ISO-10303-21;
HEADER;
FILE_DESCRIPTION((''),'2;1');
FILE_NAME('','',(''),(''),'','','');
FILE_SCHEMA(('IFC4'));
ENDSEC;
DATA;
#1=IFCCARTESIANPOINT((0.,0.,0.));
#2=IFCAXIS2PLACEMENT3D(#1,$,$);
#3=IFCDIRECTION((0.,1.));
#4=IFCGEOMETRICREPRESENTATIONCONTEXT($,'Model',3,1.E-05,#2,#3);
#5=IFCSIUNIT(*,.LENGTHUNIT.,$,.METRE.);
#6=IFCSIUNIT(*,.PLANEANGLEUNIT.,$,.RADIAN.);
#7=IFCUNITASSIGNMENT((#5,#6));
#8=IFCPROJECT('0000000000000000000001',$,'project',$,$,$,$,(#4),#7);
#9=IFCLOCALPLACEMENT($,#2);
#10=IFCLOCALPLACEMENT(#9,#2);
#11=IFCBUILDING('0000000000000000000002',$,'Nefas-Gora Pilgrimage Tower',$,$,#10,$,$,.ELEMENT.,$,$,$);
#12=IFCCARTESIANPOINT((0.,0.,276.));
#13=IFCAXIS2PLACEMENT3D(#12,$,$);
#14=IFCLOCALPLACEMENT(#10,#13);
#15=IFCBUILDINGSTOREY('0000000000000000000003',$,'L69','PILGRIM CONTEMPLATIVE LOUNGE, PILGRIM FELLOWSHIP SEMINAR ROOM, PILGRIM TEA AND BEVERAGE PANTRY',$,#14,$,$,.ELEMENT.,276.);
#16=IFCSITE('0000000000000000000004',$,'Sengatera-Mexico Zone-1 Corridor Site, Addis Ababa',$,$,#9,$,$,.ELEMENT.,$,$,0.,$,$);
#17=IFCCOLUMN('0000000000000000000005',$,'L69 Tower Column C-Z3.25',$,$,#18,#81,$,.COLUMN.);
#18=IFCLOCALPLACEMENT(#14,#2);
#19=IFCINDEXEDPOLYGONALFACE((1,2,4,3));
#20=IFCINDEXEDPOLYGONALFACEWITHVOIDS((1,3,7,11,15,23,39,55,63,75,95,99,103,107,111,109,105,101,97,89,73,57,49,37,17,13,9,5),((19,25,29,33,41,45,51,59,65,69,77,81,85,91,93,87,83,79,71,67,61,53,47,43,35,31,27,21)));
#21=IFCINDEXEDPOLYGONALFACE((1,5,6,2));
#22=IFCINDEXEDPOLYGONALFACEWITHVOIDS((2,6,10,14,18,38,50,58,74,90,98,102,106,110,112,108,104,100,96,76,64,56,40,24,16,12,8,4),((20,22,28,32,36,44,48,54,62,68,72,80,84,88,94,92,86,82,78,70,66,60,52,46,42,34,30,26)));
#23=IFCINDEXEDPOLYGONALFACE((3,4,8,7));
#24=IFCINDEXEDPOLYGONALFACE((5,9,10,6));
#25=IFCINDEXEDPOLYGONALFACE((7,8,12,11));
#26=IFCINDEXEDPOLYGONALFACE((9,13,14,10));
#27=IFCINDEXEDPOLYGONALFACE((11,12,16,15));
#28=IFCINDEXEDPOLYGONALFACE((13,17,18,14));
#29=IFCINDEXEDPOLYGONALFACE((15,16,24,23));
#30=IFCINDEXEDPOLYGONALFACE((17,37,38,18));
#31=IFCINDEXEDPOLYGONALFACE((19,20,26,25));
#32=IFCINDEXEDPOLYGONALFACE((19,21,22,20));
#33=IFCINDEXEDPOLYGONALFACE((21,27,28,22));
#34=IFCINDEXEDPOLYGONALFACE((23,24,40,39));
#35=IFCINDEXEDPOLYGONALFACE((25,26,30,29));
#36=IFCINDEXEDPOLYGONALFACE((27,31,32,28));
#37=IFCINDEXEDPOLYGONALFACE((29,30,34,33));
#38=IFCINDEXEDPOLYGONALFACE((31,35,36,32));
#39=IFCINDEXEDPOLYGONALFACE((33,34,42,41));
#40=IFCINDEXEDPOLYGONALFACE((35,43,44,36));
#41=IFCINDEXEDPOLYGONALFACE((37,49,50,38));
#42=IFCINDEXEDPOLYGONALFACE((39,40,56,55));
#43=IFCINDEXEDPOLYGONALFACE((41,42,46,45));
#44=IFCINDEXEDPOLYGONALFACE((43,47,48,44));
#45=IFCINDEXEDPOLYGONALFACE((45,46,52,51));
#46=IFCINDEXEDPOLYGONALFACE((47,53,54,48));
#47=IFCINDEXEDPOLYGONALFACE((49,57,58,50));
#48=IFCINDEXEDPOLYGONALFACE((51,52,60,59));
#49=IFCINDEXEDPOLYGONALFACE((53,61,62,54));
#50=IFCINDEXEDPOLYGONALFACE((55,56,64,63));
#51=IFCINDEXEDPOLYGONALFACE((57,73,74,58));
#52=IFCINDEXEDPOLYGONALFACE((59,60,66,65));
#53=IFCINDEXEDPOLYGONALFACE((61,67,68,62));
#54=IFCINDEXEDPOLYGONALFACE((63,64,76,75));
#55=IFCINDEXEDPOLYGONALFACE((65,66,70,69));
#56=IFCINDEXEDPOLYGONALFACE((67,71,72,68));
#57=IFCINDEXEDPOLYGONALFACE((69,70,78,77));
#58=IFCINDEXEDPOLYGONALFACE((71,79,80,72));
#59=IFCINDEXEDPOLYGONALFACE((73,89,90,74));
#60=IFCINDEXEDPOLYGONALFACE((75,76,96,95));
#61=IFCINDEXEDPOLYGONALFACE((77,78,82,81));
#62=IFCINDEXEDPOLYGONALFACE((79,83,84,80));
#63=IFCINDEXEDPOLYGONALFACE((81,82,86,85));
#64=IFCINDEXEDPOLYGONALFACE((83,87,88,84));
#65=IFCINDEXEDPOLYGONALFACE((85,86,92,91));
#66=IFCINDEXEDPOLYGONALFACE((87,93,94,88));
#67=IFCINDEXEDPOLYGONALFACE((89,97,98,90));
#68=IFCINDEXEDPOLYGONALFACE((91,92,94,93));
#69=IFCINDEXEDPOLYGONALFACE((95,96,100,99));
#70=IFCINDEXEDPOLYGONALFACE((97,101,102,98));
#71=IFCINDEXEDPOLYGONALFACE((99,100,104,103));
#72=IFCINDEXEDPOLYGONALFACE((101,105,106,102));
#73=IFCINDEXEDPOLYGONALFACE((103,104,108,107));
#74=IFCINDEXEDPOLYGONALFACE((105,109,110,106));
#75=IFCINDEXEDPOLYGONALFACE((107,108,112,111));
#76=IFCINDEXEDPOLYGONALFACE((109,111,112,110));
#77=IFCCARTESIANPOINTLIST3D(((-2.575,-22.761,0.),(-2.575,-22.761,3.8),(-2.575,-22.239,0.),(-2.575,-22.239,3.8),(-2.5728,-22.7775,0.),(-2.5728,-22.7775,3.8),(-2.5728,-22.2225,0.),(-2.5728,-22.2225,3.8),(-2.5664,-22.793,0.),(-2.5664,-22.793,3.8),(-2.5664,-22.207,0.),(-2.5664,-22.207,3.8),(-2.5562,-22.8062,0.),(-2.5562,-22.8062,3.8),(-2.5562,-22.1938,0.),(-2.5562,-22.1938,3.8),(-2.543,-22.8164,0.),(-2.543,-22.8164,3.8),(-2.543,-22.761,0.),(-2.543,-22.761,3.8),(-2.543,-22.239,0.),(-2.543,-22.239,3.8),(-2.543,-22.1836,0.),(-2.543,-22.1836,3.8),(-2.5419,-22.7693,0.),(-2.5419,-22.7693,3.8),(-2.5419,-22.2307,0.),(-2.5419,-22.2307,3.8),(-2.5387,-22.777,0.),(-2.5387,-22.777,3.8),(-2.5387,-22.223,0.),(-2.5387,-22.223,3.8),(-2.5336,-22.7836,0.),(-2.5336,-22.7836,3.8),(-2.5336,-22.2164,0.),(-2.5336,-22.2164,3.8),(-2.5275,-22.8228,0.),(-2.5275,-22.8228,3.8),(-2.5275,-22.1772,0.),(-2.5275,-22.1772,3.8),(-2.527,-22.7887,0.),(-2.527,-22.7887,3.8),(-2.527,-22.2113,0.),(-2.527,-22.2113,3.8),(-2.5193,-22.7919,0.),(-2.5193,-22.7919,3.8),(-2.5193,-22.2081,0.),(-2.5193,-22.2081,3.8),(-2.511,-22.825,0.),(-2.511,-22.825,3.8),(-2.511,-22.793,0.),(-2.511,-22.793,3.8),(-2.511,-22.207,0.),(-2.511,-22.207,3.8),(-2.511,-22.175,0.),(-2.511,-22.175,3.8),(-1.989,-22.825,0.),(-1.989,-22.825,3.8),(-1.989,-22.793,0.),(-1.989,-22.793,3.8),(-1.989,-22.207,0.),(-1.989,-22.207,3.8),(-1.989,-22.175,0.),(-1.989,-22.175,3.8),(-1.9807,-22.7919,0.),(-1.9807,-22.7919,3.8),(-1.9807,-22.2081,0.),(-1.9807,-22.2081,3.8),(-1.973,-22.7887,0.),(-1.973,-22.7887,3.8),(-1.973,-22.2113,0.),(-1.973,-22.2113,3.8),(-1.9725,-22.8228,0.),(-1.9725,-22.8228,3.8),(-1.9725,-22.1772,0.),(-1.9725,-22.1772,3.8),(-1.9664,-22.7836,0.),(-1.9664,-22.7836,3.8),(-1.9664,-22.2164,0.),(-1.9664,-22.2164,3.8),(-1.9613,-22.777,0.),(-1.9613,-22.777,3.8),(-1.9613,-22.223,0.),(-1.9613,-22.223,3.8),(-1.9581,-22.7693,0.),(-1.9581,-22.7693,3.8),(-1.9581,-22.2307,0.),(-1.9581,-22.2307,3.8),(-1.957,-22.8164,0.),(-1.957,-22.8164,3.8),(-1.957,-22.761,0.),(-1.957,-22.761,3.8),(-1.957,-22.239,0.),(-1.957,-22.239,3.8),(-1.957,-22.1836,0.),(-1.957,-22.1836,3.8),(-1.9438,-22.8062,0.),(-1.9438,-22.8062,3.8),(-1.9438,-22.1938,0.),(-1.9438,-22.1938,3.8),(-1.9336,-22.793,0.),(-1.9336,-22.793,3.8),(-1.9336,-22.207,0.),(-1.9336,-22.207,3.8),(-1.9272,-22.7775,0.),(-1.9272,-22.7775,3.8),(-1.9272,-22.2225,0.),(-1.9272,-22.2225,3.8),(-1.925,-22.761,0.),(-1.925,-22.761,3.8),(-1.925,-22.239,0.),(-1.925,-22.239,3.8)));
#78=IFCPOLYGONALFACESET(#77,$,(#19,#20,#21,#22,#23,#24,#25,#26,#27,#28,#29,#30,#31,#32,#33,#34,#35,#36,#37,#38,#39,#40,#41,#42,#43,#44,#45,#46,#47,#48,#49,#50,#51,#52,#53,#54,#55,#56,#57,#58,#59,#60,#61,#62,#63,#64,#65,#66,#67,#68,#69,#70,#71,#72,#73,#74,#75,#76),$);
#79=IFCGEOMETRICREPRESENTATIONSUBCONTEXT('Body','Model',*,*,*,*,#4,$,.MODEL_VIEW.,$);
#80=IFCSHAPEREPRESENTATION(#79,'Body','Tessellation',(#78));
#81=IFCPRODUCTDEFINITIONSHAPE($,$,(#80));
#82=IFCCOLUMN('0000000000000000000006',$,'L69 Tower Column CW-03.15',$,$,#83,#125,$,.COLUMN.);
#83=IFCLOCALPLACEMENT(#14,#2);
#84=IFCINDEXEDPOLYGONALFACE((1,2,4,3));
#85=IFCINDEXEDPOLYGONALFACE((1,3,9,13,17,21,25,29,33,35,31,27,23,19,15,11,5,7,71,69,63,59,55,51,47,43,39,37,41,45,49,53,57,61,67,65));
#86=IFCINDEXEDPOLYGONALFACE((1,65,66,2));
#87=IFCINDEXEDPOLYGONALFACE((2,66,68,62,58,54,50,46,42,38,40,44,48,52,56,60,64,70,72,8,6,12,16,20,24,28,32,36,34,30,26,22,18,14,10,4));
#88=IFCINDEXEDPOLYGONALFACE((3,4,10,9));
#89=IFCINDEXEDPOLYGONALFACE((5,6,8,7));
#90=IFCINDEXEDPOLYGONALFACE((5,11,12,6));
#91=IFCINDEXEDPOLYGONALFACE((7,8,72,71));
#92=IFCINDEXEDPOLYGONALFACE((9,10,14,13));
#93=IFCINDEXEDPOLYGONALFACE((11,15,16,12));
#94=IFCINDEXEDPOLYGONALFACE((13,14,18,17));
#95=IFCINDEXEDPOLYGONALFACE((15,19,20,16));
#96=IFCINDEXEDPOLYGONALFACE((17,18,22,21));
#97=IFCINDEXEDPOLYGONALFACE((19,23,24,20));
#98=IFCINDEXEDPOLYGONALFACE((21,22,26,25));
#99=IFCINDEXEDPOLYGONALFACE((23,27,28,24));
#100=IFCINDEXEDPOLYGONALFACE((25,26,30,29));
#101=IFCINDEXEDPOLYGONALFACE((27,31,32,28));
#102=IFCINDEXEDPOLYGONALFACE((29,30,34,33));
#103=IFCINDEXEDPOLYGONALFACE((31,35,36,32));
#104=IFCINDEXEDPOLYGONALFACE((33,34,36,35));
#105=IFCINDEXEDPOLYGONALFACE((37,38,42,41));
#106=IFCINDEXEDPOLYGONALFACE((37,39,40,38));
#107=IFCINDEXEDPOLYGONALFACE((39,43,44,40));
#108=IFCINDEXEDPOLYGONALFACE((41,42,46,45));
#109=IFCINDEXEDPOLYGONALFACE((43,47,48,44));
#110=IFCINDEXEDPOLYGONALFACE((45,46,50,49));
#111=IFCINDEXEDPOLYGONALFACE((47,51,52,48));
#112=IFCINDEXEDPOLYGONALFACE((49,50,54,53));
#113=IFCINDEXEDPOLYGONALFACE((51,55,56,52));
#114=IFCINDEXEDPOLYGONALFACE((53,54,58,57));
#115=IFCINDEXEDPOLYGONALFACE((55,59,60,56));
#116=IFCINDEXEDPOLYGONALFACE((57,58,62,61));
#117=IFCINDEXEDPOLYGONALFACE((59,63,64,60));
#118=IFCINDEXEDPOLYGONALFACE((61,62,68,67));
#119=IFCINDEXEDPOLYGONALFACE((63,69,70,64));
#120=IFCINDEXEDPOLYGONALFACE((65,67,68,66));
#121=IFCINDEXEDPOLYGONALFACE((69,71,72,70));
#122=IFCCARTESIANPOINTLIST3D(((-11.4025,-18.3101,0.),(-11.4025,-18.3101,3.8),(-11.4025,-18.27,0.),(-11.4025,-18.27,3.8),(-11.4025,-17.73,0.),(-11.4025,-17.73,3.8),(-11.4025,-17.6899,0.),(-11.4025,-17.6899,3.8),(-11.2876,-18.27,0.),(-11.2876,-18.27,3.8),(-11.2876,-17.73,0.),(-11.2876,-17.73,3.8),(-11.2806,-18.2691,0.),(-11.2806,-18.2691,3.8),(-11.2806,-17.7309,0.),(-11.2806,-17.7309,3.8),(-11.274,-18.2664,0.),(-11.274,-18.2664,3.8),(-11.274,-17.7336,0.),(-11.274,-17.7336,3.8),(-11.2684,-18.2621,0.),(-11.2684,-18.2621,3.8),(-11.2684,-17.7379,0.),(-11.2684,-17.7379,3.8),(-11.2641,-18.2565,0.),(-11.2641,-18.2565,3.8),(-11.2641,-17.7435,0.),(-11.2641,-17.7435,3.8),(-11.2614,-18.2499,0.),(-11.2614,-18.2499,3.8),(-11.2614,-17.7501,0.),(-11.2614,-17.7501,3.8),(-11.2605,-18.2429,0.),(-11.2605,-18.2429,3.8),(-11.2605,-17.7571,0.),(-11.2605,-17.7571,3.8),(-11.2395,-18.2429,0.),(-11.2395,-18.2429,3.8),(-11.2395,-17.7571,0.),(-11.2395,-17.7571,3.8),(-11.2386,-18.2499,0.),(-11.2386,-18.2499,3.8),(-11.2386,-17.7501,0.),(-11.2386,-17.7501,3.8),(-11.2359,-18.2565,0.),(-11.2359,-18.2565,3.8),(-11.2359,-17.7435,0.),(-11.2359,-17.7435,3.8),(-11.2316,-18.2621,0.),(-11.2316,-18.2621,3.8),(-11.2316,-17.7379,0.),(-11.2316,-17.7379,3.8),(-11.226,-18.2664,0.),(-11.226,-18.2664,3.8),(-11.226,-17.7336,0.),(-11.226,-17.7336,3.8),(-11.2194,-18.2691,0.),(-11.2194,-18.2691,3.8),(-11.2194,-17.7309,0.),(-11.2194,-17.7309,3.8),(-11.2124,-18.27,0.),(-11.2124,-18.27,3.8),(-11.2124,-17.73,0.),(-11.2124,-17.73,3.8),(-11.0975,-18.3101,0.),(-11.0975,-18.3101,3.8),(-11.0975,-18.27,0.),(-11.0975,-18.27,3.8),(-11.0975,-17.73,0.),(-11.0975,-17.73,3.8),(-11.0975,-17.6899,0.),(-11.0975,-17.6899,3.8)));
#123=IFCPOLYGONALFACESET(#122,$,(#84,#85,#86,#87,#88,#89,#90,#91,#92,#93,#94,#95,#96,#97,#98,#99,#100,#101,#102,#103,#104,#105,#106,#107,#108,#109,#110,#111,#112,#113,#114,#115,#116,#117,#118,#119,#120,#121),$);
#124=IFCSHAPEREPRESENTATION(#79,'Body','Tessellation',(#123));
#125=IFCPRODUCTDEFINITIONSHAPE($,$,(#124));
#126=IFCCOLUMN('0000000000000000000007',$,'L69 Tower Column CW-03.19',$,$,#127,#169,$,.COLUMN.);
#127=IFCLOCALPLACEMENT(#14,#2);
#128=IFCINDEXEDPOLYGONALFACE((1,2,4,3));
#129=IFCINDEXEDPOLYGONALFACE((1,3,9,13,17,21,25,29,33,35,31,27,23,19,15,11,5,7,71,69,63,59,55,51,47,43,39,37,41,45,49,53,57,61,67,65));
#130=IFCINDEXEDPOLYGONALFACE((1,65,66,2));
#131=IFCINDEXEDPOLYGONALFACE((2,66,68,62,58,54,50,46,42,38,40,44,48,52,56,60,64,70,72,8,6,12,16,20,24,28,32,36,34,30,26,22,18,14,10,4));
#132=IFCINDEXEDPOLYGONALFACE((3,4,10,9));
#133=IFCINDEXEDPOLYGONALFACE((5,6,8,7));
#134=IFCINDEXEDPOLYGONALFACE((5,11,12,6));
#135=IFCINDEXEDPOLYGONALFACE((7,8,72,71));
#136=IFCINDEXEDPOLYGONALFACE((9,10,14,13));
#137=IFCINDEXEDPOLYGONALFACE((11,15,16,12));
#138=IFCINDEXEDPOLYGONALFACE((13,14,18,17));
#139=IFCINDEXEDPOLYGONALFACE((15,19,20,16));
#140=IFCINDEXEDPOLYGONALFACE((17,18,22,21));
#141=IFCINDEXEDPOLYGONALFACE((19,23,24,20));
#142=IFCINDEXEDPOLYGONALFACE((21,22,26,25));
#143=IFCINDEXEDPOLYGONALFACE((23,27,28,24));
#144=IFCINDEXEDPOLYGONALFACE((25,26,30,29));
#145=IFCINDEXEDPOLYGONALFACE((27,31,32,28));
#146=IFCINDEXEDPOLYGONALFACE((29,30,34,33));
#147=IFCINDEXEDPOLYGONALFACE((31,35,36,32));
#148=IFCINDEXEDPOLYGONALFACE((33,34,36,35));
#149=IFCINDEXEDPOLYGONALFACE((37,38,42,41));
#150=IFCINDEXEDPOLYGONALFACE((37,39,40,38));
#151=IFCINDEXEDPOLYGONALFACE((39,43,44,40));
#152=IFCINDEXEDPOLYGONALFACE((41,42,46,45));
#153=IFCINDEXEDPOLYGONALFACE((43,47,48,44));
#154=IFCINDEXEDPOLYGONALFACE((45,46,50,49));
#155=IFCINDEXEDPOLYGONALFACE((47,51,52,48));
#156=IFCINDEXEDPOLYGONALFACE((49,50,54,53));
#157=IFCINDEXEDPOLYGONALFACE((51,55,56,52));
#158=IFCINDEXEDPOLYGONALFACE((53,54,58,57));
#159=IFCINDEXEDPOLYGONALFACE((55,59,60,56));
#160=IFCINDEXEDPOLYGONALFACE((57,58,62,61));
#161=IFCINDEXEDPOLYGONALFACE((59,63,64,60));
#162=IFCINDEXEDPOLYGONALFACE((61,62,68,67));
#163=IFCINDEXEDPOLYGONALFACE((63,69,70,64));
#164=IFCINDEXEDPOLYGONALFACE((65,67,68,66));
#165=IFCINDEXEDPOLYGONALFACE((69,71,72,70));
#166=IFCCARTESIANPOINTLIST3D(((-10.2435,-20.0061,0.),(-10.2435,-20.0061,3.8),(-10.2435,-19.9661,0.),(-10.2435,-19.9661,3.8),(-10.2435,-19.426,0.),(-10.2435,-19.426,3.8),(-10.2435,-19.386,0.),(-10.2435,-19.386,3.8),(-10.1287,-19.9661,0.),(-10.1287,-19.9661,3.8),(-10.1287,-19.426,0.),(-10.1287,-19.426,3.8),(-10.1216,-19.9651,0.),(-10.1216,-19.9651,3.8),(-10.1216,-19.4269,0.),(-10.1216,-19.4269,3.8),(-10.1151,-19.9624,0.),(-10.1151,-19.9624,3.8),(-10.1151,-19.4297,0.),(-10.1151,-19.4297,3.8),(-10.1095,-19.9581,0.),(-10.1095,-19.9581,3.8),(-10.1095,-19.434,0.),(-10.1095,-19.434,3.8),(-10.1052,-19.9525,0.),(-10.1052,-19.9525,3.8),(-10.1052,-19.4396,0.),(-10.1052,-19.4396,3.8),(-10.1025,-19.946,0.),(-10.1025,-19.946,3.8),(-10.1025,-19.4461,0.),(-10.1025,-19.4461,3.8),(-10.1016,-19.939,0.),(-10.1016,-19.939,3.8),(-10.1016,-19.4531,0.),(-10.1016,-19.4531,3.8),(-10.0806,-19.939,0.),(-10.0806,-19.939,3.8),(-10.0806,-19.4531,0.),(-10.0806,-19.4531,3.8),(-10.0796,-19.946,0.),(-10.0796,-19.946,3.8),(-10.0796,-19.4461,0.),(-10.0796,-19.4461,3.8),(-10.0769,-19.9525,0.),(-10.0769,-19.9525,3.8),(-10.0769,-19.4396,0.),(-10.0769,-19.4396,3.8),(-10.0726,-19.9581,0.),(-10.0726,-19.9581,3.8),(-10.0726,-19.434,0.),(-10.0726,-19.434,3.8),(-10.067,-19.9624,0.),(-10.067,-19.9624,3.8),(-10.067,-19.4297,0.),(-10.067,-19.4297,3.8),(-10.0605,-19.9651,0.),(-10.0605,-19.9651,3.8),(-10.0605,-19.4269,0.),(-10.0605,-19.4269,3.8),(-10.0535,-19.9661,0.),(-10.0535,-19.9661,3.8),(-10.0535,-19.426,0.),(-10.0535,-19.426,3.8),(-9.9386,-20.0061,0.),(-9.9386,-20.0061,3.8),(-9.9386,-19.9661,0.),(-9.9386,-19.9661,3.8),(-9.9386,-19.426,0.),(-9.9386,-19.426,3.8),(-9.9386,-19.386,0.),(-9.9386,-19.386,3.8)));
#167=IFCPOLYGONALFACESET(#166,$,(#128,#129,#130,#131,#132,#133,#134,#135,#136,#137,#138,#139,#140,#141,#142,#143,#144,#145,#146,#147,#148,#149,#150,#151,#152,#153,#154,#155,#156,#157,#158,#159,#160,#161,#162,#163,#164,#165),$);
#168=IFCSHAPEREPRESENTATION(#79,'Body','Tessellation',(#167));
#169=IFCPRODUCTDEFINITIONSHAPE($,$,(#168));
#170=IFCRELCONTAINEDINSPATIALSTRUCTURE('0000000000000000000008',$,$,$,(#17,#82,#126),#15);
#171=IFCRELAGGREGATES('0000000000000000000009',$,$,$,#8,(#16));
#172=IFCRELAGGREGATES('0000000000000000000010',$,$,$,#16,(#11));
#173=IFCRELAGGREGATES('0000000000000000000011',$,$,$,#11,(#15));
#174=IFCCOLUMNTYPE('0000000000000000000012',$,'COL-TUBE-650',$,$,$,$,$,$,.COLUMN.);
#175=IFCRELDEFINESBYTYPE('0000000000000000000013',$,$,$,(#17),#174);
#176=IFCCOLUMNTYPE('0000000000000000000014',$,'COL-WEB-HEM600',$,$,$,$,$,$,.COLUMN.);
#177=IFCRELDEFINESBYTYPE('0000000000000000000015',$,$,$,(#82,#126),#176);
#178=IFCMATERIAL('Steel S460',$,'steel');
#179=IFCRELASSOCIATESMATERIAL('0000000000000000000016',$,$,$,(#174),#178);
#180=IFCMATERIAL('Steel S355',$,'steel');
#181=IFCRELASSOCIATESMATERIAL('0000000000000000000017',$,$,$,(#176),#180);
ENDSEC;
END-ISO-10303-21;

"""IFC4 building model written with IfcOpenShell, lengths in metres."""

from ifc_helpers import new_model, si_unit, direction, frame, origin, origin_2d, place, context, subcontext, project, spatial, hollow_rectangle, i_section, extrude, source, transform, mapped, material, material_profile, profile_set, type_object, element, save


model = new_model("IFC4")

# Units and contexts
model_context = context("Model", 3, precision=1e-05, world=origin(), true_north=direction((0.0, 1.0)))
body_context = subcontext(model_context, "Body", "Model", "MODEL_VIEW")
ifc_project = project(units=[si_unit("LENGTHUNIT", "METRE"), si_unit("PLANEANGLEUNIT", "RADIAN")], contexts=[model_context])

# Site, building, storey
site_placement = place(None, origin())
site = spatial("IfcSite", under=ifc_project, at=site_placement, Name="Sengatera-Mexico Zone-1 Corridor Site, Addis Ababa", CompositionType="ELEMENT", RefElevation=0.0)
building_placement = place(site_placement, origin())
building = spatial("IfcBuilding", under=site, at=building_placement, Name="Nefas-Gora Pilgrimage Tower", CompositionType="ELEMENT")
storey_placement = place(building_placement, frame((0.0, 0.0, 276.0)))
storey = spatial("IfcBuildingStorey", under=building, at=storey_placement, Name="L69", Description="PILGRIM CONTEMPLATIVE LOUNGE, PILGRIM FELLOWSHIP SEMINAR ROOM, PILGRIM TEA AND BEVERAGE PANTRY", CompositionType="ELEMENT", Elevation=276.0)

# Columns
ifc_material_1 = material(Name="Steel S460", Category="steel")
ifc_material_profile_1 = material_profile(ifc_material_1, hollow_rectangle(XDim=0.6499, YDim=0.6499, WallThickness=0.032, InnerFilletRadius=0.032, OuterFilletRadius=0.064, at=origin_2d()), Name="BOX 650x650x32")
ifc_profile_set_1 = profile_set([ifc_material_profile_1], Name="Steel S460")
column_type_1 = type_object("IfcColumnType", Name="COL-TUBE-650", PredefinedType="COLUMN", material=ifc_profile_set_1)
shared_shape_1 = source(origin(), body_context, "Body", "SweptSolid", [
    extrude(hollow_rectangle(XDim=0.6499, YDim=0.6499, WallThickness=0.032, InnerFilletRadius=0.032, OuterFilletRadius=0.064, at=origin_2d()), origin(), (0.0, 0.0, 1.0), 3.8),
])
for number, where, z_axis, x_axis, name in (
    (1, (-2.25, -22.5, 0.0), (0.0, 0.0, 1.0), (1.0, 0.0, 0.0), "L69 Tower Column C-Z3.25"),
):
    element("IfcColumn", number, at=place(storey_placement, frame(where, z_axis=z_axis, x_axis=x_axis)), inside=storey, type_object=column_type_1, Name=name, PredefinedType="COLUMN", context=body_context, shape_type="MappedRepresentation", body=[
        mapped(shared_shape_1, transform((0.0, 0.0, 0.0), x_axis=(1.0, 0.0, 0.0), y_axis=(0.0, 1.0, 0.0), z_axis=(0.0, 0.0, 1.0), scale=1.0)),
    ])
ifc_material_2 = material(Name="Steel S355", Category="steel")
ifc_material_profile_2 = material_profile(ifc_material_2, i_section(OverallWidth=0.3049, OverallDepth=0.6201, WebThickness=0.021, FlangeThickness=0.04, FilletRadius=0.0271, at=origin_2d()), Name="HEM 600")
ifc_profile_set_2 = profile_set([ifc_material_profile_2], Name="Steel S355")
column_type_2 = type_object("IfcColumnType", Name="COL-WEB-HEM600", PredefinedType="COLUMN", material=ifc_profile_set_2)
shared_shape_2 = source(origin(), body_context, "Body", "SweptSolid", [
    extrude(i_section(OverallWidth=0.3049, OverallDepth=0.6201, WebThickness=0.021, FlangeThickness=0.04, FilletRadius=0.0271, at=origin_2d()), origin(), (0.0, 0.0, 1.0), 3.8),
])
for number, where, z_axis, x_axis, name in (
    (2, (-11.25, -18.0, 0.0), (0.0, 0.0, 1.0), (1.0, 0.0, 0.0), "L69 Tower Column CW-03.15"),
    (3, (-10.0911, -19.696, 0.0), (0.0, 0.0, 1.0), (1.0, 0.0, 0.0), "L69 Tower Column CW-03.19"),
):
    element("IfcColumn", number, at=place(storey_placement, frame(where, z_axis=z_axis, x_axis=x_axis)), inside=storey, type_object=column_type_2, Name=name, PredefinedType="COLUMN", context=body_context, shape_type="MappedRepresentation", body=[
        mapped(shared_shape_2, transform((0.0, 0.0, 0.0), x_axis=(1.0, 0.0, 0.0), y_axis=(0.0, 1.0, 0.0), z_axis=(0.0, 0.0, 1.0), scale=1.0)),
    ])

save(model, "model.ifc")
